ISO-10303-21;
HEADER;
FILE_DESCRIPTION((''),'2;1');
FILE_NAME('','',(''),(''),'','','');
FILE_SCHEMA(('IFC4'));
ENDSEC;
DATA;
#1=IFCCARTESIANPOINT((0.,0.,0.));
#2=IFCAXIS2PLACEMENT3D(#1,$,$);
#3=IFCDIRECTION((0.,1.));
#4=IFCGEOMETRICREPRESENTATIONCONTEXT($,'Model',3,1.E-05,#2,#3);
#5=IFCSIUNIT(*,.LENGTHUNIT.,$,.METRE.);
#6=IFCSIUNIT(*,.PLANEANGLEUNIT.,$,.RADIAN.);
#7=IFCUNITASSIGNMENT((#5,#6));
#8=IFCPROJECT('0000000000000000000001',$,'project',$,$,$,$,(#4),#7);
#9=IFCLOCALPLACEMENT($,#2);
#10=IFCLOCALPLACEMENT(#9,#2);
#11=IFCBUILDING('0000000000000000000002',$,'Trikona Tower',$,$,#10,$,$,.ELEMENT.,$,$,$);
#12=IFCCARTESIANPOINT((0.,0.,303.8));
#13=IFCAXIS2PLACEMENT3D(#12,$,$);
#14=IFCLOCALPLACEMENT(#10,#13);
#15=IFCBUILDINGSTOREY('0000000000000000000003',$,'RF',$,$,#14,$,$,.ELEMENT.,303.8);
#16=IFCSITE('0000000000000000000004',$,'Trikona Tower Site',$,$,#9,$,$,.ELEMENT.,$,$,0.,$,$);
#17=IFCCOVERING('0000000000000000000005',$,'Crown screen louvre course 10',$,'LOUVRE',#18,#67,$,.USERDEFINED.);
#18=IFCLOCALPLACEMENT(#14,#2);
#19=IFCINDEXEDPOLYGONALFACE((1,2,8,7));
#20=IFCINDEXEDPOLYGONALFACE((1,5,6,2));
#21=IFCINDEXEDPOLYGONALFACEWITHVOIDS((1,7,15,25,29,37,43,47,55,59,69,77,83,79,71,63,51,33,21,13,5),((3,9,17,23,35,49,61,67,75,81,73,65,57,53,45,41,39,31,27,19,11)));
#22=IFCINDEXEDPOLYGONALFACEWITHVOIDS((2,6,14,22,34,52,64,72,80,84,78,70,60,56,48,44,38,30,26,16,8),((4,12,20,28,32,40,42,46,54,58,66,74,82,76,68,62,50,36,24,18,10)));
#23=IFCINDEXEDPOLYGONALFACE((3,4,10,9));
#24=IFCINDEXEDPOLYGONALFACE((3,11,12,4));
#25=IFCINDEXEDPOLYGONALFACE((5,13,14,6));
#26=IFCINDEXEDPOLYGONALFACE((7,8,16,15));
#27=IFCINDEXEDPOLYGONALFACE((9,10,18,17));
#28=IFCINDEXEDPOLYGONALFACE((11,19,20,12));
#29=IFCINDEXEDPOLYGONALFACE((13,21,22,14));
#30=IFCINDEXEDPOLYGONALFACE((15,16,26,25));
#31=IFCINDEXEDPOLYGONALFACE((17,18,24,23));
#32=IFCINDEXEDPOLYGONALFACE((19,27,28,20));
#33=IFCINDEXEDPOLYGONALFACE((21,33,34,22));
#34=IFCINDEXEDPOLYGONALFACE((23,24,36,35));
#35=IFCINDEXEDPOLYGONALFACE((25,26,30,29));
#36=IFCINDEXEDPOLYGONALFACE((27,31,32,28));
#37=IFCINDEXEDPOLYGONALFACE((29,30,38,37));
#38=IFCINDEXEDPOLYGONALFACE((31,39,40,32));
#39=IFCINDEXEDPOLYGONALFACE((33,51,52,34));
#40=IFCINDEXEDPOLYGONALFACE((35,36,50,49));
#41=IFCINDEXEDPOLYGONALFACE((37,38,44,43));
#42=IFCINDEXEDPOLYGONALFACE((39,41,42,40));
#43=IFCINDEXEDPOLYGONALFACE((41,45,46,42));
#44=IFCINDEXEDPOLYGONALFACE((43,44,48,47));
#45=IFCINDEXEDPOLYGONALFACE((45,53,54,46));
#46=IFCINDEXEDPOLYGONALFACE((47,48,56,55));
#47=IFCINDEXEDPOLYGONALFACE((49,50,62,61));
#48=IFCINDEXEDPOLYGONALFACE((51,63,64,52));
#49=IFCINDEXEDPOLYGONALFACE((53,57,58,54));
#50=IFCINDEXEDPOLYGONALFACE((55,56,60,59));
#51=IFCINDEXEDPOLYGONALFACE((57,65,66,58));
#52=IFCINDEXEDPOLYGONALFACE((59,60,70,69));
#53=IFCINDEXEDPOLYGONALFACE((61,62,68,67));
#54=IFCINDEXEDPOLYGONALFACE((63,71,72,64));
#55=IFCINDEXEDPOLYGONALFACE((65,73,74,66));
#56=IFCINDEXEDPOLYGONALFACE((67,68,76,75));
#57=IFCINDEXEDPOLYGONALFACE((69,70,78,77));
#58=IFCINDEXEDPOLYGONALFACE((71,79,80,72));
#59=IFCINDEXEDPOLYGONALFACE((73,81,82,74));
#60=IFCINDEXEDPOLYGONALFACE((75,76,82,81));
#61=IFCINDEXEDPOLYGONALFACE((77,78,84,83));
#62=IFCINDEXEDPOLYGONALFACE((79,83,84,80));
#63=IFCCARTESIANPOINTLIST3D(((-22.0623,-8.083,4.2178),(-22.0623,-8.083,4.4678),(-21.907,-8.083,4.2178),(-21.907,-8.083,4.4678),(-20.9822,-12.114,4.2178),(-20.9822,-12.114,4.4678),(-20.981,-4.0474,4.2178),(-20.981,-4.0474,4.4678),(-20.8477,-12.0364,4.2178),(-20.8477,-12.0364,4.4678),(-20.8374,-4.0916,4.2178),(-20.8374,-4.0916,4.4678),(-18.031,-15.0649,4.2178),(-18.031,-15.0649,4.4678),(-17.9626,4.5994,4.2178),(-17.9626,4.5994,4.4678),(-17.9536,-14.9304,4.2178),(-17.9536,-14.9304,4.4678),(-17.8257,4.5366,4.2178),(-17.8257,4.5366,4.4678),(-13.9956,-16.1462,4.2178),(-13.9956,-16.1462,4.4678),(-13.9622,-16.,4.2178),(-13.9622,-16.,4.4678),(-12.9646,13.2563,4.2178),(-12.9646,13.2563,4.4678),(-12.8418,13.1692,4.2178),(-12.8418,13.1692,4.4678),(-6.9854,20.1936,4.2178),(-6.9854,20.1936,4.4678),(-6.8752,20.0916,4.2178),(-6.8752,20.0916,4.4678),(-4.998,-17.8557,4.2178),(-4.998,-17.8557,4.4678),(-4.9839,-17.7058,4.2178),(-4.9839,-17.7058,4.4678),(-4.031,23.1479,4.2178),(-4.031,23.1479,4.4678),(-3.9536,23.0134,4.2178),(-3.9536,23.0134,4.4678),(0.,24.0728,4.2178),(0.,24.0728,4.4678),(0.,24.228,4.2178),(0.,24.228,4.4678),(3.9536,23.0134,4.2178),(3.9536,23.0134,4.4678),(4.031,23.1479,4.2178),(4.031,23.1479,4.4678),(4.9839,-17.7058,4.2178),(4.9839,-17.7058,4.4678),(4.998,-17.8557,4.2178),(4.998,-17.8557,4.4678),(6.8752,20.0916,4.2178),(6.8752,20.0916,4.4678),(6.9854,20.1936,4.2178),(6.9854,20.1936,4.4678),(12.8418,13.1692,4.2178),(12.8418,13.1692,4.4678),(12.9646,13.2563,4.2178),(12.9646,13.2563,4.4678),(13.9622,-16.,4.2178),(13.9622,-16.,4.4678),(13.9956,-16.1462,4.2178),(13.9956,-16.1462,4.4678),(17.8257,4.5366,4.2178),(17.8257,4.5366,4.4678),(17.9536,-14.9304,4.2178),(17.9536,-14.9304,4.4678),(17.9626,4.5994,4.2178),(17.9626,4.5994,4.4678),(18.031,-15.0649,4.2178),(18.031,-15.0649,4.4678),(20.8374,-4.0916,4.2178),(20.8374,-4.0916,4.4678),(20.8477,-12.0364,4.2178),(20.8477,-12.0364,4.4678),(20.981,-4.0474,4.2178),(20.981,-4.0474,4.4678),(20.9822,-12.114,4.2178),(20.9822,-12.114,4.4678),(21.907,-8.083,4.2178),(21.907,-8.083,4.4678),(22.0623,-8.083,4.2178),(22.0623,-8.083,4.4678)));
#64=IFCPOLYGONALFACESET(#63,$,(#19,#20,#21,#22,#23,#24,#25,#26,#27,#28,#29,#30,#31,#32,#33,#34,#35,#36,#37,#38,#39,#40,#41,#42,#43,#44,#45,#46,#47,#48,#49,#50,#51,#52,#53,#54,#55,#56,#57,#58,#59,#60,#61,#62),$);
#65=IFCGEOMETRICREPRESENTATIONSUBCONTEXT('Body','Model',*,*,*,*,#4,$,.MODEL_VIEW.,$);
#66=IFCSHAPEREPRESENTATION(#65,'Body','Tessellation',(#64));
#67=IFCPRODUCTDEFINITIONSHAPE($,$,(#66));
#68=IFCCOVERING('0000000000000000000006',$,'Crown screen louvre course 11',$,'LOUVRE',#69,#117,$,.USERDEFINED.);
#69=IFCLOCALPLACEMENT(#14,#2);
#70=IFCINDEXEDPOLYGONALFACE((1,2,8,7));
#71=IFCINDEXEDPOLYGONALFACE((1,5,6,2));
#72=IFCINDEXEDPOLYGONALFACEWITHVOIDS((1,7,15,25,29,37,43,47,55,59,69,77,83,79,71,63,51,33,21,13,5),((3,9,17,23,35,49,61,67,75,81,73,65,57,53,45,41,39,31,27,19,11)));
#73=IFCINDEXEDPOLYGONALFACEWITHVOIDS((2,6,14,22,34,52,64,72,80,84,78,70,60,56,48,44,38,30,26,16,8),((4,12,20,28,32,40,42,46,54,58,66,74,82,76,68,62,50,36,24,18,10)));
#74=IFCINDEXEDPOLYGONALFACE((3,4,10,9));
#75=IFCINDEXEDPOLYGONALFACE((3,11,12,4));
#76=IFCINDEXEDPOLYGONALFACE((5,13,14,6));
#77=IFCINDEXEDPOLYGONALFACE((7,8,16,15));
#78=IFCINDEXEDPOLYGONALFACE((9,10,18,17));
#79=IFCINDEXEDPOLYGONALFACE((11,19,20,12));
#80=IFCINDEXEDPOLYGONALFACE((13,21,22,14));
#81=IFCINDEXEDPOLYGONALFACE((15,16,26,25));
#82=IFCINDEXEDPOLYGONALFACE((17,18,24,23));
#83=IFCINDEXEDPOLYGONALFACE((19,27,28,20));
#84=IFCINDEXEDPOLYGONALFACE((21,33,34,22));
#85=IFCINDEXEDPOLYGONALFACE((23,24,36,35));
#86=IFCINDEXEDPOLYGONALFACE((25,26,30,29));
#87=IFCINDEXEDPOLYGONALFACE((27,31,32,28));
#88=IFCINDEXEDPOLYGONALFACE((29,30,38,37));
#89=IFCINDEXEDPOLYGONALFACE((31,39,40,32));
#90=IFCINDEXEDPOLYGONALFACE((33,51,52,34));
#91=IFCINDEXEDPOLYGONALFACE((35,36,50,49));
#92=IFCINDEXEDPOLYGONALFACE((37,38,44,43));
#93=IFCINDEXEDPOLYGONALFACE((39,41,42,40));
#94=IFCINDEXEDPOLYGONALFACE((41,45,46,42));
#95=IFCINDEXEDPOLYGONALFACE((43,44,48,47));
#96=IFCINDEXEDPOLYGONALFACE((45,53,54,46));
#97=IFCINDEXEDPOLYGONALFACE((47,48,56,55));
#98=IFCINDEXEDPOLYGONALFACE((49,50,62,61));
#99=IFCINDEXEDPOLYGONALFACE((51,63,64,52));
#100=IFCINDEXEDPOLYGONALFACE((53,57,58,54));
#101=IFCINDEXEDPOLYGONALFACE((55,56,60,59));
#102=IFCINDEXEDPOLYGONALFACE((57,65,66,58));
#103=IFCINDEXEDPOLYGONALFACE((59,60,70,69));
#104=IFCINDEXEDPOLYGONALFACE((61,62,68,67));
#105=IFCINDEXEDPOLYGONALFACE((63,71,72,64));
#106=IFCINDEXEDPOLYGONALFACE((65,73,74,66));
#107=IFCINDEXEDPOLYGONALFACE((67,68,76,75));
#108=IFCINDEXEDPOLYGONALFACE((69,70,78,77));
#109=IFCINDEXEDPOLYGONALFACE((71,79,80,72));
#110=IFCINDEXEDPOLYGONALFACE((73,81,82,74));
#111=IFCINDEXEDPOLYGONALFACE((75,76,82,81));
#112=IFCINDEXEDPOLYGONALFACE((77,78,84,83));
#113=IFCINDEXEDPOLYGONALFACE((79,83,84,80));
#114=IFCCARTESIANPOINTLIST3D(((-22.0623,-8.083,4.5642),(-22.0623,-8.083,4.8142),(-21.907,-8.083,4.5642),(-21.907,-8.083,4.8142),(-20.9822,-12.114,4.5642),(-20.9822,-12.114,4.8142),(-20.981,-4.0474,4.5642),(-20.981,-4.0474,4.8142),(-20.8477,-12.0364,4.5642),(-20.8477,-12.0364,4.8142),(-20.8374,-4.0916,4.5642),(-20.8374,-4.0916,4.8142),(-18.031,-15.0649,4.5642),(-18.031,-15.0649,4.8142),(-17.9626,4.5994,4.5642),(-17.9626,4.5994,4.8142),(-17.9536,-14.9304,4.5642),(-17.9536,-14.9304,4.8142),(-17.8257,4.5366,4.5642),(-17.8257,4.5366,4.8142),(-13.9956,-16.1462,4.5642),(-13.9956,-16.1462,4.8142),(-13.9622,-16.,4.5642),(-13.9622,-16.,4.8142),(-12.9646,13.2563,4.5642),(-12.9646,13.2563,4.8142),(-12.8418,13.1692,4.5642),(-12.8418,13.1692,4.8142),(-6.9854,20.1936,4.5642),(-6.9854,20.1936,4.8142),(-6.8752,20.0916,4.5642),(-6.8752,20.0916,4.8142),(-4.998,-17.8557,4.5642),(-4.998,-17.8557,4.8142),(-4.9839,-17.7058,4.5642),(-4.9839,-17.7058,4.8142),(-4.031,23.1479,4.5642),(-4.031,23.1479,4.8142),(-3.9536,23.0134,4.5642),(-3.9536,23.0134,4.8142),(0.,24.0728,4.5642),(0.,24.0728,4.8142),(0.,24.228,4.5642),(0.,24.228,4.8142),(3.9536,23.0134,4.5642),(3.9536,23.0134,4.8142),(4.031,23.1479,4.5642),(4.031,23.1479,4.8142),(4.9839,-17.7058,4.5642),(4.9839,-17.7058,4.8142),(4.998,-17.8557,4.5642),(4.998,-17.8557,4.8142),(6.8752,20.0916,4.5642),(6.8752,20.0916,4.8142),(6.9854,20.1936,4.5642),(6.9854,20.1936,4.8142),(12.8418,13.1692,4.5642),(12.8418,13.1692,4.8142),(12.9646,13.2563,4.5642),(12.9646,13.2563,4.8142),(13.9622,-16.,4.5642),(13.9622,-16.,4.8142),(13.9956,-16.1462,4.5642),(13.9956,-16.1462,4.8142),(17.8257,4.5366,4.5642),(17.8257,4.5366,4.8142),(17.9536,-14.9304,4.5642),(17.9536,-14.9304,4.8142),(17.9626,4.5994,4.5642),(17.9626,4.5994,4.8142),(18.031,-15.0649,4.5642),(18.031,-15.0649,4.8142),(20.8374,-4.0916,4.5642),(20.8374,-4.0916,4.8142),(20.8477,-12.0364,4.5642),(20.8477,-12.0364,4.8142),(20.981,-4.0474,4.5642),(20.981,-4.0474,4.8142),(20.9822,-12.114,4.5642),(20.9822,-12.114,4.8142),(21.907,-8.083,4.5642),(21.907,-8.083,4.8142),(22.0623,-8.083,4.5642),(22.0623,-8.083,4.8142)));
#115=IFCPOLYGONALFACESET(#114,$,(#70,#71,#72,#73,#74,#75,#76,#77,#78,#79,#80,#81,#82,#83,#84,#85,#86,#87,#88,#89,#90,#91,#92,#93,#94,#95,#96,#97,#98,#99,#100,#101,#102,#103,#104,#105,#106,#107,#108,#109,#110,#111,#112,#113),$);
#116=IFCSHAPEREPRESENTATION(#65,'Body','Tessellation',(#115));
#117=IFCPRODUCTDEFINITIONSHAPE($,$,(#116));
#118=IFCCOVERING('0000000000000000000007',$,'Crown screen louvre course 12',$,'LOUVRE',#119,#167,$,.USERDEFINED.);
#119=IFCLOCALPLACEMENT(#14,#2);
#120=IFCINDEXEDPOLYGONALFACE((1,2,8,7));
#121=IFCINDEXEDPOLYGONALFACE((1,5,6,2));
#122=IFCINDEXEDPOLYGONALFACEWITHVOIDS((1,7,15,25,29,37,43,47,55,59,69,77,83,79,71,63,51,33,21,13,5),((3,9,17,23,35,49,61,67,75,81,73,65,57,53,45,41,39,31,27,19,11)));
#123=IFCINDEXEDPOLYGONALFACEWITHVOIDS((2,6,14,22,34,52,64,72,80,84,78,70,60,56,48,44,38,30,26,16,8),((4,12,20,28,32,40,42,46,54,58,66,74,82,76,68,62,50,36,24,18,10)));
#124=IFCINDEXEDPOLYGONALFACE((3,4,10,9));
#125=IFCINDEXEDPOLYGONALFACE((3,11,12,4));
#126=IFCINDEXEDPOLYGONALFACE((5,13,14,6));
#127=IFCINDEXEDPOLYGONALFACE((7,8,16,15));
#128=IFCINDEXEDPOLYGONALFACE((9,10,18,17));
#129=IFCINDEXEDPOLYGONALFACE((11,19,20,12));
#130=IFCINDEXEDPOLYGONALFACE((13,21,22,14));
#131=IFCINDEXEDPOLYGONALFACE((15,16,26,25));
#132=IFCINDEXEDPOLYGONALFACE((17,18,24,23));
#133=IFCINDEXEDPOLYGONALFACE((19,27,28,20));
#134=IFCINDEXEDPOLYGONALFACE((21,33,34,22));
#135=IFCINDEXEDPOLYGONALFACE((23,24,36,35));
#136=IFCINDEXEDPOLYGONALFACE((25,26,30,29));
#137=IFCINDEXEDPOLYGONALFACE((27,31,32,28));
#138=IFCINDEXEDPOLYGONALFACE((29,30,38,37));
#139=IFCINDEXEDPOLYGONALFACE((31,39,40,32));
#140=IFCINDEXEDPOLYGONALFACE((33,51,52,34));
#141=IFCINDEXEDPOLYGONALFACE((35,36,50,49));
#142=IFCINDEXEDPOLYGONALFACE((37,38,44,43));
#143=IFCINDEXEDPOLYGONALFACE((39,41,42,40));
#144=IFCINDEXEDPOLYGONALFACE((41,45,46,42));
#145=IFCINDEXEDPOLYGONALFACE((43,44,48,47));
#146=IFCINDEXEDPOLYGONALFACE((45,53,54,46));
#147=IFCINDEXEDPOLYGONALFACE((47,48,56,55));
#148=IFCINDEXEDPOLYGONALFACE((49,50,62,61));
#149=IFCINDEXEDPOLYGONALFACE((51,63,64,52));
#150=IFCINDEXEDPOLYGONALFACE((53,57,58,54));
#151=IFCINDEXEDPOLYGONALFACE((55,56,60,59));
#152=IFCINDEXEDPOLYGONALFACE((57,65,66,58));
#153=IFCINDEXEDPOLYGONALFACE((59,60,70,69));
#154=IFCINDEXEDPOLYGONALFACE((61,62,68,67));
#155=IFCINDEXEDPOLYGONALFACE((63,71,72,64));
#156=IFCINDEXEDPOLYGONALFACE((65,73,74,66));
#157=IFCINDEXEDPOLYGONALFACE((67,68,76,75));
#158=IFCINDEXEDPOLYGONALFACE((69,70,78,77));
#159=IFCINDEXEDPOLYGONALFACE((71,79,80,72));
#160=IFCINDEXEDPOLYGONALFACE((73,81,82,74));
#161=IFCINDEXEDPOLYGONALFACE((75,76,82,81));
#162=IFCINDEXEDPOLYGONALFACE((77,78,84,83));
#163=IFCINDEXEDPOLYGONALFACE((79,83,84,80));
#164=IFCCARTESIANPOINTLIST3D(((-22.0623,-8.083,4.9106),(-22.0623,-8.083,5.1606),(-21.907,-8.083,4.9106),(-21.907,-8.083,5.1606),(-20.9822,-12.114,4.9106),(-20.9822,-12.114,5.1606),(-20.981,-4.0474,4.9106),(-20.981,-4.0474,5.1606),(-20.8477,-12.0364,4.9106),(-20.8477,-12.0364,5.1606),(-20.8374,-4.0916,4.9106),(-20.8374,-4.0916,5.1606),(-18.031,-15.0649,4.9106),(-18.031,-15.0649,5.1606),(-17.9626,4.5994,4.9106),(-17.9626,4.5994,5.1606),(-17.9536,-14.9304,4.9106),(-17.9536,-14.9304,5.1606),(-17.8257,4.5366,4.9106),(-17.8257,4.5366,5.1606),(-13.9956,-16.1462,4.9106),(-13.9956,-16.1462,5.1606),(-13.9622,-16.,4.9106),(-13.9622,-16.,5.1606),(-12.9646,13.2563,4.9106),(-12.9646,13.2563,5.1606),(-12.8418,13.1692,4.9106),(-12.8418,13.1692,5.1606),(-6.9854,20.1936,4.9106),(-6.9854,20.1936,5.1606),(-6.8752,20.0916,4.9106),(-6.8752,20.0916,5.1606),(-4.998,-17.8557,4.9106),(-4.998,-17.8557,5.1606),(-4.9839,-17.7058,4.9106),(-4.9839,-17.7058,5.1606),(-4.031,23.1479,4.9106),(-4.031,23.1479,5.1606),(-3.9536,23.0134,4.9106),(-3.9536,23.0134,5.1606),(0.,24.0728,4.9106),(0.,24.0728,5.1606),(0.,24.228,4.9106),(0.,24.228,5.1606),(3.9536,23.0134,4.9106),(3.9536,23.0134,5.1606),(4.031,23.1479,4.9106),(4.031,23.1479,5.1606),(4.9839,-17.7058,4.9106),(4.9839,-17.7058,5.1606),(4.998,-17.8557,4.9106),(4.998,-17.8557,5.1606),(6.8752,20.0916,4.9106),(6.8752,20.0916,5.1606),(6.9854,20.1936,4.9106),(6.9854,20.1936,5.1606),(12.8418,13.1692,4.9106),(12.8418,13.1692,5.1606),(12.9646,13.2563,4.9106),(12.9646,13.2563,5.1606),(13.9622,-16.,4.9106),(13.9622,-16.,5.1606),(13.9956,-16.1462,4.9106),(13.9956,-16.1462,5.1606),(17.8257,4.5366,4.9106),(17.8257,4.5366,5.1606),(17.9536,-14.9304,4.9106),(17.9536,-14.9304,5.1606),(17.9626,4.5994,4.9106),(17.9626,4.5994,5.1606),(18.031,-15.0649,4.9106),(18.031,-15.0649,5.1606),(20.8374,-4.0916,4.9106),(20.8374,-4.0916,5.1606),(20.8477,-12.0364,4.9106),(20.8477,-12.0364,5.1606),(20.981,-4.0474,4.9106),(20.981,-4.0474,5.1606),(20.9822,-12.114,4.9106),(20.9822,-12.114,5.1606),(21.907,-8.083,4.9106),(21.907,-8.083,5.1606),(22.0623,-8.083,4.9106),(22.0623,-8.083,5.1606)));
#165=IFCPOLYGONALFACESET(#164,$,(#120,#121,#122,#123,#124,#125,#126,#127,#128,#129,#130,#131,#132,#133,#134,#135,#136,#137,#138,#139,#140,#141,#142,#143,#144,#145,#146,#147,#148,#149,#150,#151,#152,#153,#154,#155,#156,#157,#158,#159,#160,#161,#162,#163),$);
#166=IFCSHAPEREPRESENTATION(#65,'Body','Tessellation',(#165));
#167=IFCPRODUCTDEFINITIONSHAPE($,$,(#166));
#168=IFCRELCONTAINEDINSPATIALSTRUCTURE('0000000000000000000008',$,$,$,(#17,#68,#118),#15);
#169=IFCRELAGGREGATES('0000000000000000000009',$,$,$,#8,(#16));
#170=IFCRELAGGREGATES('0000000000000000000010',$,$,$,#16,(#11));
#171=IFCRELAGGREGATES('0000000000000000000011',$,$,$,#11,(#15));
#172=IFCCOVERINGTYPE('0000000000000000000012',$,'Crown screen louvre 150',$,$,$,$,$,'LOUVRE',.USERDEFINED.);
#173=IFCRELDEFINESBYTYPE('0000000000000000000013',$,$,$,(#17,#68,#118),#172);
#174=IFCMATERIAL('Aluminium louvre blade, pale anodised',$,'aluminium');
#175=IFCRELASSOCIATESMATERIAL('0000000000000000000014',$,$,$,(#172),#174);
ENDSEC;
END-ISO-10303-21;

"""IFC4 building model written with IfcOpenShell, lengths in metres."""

from ifc_helpers import new_model, si_unit, direction, frame, origin, place, context, subcontext, project, spatial, polyline, outline, extrude, material, type_object, element, save


model = new_model("IFC4")

# Units and contexts
model_context = context("Model", 3, precision=1e-05, world=origin(), true_north=direction((0.0, 1.0)))
body_context = subcontext(model_context, "Body", "Model", "MODEL_VIEW")
ifc_project = project(units=[si_unit("LENGTHUNIT", "METRE"), si_unit("PLANEANGLEUNIT", "RADIAN")], contexts=[model_context])

# Site, building, storey
site_placement = place(None, origin())
site = spatial("IfcSite", under=ifc_project, at=site_placement, Name="Trikona Tower Site", CompositionType="ELEMENT", RefElevation=0.0)
building_placement = place(site_placement, origin())
building = spatial("IfcBuilding", under=site, at=building_placement, Name="Trikona Tower", CompositionType="ELEMENT")
storey_placement = place(building_placement, frame((0.0, 0.0, 303.8)))
storey = spatial("IfcBuildingStorey", under=building, at=storey_placement, Name="RF", CompositionType="ELEMENT", Elevation=303.8)

# Coverings
ifc_material_1 = material(Name="Aluminium louvre blade, pale anodised", Category="aluminium")
covering_type_1 = type_object("IfcCoveringType", Name="Crown screen louvre 150", ElementType="LOUVRE", PredefinedType="USERDEFINED", material=ifc_material_1)
for number, where, name in (
    (1, (0.0, 0.0, 4.2178), "Crown screen louvre course 10"),
    (2, (0.0, 0.0, 4.5642), "Crown screen louvre course 11"),
    (3, (0.0, 0.0, 4.9106), "Crown screen louvre course 12"),
):
    element("IfcCovering", number, at=place(storey_placement, frame(where)), inside=storey, type_object=covering_type_1, Name=name, ObjectType="LOUVRE", PredefinedType="USERDEFINED", context=body_context, shape_type="SweptSolid", body=[
        extrude(outline(polyline([(-13.9956, -16.1462), (-18.031, -15.0649), (-20.9822, -12.114), (-22.0623, -8.083), (-20.981, -4.0474), (-17.9626, 4.5994), (-12.9646, 13.2563), (-6.9854, 20.1936), (-4.031, 23.1479), (0.0, 24.228), (4.031, 23.1479), (6.9854, 20.1936), (12.9646, 13.2563), (17.9626, 4.5994), (20.981, -4.0474), (22.0623, -8.083), (20.9822, -12.114), (18.031, -15.0649), (13.9956, -16.1462), (4.998, -17.8557), (-4.998, -17.8557), (-13.9956, -16.1462)]), holes=[polyline([(-13.9622, -16.0), (-17.9536, -14.9304), (-20.8477, -12.0364), (-21.907, -8.083), (-20.8374, -4.0916), (-17.8257, 4.5366), (-12.8418, 13.1692), (-6.8752, 20.0916), (-3.9536, 23.0134), (0.0, 24.0728), (3.9536, 23.0134), (6.8752, 20.0916), (12.8418, 13.1692), (17.8257, 4.5366), (20.8374, -4.0916), (21.907, -8.083), (20.8477, -12.0364), (17.9536, -14.9304), (13.9622, -16.0), (4.9839, -17.7058), (-4.9839, -17.7058), (-13.9622, -16.0)])]), origin(), (0.0, 0.0, 1.0), 0.25),
    ])

save(model, "model.ifc")
